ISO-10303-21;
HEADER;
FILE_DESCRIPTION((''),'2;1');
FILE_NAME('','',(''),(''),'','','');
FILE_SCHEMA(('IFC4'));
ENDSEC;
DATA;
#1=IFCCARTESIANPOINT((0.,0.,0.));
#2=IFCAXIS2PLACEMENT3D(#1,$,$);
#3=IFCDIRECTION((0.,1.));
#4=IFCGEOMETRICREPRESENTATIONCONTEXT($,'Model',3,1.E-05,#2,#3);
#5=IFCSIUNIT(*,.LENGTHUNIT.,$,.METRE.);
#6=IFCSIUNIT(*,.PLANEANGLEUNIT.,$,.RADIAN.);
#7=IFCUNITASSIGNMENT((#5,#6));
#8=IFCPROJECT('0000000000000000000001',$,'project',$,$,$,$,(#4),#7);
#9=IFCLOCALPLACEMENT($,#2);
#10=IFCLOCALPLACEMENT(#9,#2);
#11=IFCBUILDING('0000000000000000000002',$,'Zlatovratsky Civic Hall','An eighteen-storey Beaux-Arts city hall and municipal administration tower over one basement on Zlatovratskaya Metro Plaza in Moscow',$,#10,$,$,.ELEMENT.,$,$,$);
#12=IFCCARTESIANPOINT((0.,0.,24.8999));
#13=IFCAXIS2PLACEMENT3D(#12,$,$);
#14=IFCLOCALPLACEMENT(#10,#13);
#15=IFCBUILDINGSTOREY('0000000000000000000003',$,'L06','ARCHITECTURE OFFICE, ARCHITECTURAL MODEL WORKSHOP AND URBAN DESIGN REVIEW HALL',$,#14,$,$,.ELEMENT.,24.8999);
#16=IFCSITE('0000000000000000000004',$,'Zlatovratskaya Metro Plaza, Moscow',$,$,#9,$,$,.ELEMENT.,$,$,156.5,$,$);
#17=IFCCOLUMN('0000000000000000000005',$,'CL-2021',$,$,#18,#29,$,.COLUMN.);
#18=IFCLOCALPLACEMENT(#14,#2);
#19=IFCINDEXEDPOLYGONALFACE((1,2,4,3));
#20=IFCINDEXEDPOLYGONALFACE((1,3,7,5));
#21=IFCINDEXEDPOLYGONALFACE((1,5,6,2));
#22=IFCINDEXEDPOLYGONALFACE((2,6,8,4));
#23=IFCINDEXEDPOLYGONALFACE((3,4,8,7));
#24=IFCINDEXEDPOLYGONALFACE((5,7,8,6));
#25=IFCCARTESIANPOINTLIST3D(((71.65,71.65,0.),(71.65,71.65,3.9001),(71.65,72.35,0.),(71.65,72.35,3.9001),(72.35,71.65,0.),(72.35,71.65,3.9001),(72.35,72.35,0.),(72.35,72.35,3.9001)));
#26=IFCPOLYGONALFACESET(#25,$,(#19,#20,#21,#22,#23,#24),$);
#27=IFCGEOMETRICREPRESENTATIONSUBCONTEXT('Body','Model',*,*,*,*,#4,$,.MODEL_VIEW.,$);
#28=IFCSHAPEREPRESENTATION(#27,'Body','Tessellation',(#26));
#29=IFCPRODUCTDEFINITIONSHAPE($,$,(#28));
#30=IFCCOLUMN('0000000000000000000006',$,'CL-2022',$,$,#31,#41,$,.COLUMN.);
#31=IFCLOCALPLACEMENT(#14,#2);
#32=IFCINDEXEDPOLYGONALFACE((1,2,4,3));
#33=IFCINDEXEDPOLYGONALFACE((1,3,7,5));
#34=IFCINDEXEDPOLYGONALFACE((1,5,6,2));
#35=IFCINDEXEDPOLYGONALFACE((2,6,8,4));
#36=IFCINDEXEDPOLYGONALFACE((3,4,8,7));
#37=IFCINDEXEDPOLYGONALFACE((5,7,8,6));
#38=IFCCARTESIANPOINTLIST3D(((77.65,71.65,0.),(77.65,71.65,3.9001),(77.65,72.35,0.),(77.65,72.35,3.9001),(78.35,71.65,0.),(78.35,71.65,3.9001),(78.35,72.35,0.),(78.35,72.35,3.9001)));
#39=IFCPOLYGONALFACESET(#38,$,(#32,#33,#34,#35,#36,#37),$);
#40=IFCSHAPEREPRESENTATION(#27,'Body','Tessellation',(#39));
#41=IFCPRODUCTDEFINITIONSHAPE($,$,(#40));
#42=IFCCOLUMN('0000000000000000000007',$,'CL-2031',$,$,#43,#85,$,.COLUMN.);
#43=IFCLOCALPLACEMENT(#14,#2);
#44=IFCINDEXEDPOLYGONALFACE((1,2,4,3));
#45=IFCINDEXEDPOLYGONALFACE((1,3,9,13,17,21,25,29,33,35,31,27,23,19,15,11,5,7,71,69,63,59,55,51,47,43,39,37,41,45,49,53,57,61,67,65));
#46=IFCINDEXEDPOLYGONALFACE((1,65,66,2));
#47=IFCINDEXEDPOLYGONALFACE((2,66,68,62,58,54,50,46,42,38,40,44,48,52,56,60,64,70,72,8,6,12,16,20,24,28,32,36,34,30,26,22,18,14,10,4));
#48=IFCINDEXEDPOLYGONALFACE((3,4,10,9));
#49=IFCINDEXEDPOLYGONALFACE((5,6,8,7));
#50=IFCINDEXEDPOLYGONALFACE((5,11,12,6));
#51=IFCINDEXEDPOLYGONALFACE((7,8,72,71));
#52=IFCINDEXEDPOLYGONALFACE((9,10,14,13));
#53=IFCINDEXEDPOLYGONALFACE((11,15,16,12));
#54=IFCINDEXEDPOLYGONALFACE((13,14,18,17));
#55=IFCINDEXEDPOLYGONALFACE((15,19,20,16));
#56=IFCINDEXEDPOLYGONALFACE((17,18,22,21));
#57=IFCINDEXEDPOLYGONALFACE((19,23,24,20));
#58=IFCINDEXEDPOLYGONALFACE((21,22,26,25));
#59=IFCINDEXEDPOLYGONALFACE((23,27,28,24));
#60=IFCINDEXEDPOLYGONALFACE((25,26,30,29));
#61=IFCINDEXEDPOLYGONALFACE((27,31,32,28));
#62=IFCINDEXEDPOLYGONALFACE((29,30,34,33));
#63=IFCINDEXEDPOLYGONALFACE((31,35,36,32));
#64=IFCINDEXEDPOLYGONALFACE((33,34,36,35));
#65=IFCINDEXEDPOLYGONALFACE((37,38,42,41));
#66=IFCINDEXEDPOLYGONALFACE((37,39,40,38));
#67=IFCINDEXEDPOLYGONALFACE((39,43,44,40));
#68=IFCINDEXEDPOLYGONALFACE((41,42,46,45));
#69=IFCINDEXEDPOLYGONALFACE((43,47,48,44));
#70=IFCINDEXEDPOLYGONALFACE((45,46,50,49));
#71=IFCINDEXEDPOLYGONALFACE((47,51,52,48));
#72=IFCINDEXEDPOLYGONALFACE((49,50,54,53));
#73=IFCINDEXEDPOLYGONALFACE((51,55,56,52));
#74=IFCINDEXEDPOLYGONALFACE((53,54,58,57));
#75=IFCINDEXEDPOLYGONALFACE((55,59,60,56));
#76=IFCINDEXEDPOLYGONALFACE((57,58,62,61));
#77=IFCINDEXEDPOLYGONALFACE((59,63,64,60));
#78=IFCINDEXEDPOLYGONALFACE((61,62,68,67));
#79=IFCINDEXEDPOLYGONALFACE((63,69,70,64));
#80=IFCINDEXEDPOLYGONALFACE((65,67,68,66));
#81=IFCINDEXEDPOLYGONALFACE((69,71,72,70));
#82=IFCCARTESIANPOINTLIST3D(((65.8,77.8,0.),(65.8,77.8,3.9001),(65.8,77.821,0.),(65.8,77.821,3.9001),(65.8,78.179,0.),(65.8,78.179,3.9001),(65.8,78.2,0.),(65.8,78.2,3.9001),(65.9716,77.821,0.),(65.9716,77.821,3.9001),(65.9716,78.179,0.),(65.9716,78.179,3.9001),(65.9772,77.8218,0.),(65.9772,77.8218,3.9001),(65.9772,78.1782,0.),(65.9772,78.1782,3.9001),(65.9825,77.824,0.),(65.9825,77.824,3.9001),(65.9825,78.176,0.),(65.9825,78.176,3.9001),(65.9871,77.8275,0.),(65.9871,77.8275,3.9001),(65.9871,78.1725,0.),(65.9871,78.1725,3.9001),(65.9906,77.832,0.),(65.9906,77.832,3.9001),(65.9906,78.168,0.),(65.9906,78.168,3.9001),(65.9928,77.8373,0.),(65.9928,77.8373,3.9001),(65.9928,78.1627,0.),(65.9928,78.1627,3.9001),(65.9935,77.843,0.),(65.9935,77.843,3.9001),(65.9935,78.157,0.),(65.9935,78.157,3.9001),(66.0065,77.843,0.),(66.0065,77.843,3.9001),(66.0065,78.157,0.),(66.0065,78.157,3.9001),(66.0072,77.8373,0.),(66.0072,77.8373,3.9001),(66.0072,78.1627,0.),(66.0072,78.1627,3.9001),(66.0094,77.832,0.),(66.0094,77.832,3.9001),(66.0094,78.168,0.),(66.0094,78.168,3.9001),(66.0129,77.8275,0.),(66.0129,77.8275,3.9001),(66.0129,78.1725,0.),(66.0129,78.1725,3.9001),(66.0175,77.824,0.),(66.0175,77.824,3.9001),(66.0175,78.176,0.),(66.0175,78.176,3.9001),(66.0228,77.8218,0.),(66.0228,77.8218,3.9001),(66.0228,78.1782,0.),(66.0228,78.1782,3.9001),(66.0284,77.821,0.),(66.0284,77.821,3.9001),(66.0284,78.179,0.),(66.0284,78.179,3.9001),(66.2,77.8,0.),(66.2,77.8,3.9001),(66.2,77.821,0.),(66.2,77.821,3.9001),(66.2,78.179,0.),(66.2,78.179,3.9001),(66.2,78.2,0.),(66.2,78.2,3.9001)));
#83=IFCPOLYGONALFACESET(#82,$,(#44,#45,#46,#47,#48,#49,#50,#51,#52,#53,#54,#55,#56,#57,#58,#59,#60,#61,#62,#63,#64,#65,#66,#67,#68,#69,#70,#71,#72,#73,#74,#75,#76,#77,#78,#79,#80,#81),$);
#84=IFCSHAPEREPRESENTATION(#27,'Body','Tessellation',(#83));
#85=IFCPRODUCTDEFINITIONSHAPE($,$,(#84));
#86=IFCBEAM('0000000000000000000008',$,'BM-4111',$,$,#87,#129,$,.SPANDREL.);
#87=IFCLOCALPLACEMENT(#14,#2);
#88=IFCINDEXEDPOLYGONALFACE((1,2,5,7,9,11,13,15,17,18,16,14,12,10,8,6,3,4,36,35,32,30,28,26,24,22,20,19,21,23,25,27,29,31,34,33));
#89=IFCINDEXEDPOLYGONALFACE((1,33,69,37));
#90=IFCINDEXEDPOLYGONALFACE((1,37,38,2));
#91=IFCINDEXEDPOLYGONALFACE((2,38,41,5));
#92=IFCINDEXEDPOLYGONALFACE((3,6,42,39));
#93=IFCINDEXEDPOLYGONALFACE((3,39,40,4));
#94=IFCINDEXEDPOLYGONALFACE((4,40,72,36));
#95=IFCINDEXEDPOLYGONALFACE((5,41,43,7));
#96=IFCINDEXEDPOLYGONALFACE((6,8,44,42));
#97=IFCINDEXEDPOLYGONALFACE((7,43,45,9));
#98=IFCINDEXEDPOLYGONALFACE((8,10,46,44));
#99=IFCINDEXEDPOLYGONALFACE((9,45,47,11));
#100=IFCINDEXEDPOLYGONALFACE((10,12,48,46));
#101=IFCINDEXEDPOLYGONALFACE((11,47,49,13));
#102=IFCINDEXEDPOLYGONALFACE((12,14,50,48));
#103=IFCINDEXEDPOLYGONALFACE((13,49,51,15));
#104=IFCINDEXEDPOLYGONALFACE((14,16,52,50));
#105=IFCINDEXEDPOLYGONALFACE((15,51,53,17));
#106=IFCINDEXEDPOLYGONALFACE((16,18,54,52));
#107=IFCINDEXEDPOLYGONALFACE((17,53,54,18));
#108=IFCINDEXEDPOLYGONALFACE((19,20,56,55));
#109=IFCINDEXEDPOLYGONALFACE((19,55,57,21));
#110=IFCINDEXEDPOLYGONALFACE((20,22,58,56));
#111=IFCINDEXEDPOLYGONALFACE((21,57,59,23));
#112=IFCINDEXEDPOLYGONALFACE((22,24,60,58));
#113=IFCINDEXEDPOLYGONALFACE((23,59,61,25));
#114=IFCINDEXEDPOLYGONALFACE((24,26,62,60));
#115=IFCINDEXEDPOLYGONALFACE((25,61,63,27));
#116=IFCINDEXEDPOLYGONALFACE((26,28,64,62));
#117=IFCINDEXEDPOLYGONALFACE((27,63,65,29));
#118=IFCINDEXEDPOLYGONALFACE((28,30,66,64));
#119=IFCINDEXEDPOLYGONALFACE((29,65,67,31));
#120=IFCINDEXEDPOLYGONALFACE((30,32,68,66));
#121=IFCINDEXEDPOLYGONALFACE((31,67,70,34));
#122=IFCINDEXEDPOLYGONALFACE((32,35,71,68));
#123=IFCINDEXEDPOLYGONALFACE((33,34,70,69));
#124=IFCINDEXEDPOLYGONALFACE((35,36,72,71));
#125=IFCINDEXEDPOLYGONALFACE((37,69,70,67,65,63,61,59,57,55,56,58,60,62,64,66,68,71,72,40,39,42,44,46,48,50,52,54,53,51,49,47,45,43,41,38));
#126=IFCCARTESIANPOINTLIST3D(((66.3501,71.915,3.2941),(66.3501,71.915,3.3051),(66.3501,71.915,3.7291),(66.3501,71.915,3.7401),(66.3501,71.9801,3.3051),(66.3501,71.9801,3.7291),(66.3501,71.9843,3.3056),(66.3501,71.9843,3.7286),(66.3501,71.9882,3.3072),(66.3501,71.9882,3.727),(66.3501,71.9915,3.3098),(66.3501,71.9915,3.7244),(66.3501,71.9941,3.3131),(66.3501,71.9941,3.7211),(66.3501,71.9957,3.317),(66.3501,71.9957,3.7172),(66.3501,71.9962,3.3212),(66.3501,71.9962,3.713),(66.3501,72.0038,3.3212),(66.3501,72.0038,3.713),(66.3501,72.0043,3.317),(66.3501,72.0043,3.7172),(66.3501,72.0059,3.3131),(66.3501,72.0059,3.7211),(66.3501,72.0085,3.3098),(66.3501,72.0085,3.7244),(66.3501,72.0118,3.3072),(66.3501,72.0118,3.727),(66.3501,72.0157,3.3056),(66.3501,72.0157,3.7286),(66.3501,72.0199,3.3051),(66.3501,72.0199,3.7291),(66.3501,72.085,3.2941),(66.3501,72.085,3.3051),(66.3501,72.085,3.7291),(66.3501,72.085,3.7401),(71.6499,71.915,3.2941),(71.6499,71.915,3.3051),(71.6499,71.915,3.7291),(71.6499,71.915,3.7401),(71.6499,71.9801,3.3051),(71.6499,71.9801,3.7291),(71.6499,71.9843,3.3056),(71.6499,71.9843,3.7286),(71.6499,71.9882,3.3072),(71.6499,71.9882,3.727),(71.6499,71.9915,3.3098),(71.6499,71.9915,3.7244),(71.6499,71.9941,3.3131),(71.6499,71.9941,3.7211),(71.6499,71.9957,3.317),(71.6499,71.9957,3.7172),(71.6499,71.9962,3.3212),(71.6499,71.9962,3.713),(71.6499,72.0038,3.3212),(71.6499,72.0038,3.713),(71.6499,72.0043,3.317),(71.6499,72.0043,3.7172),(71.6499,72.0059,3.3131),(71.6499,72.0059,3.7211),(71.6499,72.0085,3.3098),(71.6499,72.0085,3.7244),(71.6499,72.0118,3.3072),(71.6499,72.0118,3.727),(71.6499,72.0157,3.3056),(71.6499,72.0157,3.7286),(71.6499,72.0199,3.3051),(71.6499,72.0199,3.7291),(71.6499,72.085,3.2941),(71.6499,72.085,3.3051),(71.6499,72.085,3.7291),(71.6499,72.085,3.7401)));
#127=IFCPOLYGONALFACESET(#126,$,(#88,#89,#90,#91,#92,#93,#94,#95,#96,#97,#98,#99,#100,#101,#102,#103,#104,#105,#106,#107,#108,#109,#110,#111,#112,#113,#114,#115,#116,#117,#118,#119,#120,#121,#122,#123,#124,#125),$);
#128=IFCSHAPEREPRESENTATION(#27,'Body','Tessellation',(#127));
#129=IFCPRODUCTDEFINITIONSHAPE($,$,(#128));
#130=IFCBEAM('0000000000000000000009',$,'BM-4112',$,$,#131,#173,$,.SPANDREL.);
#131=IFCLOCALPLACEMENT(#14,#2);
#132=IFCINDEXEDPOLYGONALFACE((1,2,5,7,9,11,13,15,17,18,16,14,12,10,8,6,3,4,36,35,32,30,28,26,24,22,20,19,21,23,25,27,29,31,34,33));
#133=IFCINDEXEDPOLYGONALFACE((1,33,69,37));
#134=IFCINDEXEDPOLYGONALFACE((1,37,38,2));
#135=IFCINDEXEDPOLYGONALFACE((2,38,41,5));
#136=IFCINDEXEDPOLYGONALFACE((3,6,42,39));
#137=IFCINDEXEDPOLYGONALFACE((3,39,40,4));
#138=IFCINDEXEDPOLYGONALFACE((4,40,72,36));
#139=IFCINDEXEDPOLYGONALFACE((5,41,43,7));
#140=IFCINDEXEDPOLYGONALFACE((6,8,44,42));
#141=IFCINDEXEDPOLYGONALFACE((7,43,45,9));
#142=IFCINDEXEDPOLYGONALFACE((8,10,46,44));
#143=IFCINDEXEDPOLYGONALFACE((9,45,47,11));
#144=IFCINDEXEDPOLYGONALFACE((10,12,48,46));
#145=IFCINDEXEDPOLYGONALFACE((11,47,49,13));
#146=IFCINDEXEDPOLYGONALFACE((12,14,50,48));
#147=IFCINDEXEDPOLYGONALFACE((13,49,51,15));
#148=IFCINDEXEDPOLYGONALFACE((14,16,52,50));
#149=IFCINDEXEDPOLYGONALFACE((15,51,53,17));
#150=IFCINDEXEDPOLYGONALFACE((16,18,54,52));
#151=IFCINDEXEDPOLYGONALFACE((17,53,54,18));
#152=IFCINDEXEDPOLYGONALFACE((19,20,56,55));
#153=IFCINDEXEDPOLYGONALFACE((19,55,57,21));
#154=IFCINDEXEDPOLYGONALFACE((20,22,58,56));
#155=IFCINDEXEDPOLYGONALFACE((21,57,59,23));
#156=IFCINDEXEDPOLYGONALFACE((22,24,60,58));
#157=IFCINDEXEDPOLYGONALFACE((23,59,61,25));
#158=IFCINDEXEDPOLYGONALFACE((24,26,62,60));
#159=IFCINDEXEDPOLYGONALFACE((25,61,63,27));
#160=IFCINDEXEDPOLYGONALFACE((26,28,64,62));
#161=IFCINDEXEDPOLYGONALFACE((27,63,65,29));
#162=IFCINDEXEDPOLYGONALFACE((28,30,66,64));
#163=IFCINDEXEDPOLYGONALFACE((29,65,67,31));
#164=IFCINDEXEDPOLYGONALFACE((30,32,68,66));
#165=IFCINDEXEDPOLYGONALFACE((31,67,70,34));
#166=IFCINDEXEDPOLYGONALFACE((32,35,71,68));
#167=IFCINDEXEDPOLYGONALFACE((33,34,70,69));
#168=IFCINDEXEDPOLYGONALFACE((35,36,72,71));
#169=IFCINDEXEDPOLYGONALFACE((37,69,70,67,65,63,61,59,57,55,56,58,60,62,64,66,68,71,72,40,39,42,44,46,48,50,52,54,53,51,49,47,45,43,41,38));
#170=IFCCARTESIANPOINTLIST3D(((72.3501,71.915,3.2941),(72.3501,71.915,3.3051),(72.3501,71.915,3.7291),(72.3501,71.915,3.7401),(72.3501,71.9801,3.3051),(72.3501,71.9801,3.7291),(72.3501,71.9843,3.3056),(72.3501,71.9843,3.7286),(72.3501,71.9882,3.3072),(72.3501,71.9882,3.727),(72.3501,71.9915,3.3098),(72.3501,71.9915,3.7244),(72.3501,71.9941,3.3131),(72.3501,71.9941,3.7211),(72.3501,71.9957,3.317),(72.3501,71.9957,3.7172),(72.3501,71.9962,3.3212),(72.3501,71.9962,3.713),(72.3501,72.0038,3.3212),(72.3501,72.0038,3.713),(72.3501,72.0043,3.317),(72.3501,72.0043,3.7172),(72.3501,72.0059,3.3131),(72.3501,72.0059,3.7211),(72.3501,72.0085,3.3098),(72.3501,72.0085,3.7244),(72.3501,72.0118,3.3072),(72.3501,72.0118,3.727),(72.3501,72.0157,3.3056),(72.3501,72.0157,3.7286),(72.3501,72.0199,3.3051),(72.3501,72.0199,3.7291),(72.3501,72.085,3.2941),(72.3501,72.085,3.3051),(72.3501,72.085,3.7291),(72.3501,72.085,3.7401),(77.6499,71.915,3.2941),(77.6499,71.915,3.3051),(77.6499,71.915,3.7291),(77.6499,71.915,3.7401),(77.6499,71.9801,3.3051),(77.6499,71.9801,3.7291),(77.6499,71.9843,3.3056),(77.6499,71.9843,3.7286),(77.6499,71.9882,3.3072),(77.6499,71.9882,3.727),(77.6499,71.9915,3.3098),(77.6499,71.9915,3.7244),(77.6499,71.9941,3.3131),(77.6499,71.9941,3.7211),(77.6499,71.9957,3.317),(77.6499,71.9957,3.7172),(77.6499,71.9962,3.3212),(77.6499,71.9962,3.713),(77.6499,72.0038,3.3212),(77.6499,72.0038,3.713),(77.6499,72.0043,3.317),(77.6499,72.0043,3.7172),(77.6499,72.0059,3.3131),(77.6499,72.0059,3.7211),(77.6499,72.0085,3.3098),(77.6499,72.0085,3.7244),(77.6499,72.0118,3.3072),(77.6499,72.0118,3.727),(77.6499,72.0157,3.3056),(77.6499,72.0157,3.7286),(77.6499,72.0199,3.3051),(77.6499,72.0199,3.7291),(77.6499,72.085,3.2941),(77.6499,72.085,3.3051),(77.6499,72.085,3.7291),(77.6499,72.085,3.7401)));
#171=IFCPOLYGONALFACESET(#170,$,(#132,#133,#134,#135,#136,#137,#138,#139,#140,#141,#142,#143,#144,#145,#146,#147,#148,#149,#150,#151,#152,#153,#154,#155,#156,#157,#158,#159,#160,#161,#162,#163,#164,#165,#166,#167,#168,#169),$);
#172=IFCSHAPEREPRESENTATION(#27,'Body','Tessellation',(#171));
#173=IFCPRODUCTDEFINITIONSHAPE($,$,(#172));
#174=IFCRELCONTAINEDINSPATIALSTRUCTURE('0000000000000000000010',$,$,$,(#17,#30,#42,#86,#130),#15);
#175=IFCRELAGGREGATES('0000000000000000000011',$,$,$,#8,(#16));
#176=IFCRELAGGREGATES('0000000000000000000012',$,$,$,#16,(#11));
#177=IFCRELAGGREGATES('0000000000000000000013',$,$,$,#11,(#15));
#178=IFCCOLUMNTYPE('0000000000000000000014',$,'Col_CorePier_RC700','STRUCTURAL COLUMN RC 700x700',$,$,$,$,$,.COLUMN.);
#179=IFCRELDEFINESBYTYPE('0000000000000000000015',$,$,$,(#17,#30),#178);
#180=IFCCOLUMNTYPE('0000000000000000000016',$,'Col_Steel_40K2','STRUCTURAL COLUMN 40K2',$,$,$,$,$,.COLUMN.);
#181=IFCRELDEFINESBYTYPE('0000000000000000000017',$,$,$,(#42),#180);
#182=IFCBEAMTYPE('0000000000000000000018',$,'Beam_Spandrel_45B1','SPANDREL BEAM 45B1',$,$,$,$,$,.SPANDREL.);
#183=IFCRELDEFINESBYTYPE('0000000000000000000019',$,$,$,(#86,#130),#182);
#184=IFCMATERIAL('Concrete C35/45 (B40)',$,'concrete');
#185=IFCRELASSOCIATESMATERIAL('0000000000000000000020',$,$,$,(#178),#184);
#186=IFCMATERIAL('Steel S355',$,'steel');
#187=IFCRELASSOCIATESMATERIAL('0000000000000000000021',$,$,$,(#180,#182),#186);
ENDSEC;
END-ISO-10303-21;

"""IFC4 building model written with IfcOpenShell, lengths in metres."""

from ifc_helpers import new_model, si_unit, direction, frame, origin, origin_2d, place, context, subcontext, project, spatial, rectangle, i_section, extrude, material, material_profile, profile_set, type_object, element, save


model = new_model("IFC4")

# Units and contexts
model_context = context("Model", 3, precision=1e-05, world=origin(), true_north=direction((0.0, 1.0)))
body_context = subcontext(model_context, "Body", "Model", "MODEL_VIEW")
ifc_project = project(units=[si_unit("LENGTHUNIT", "METRE"), si_unit("PLANEANGLEUNIT", "RADIAN")], contexts=[model_context])

# Site, building, storey
site_placement = place(None, origin())
site = spatial("IfcSite", under=ifc_project, at=site_placement, Name="Zlatovratskaya Metro Plaza, Moscow", CompositionType="ELEMENT", RefElevation=156.5)
building_placement = place(site_placement, origin())
building = spatial("IfcBuilding", under=site, at=building_placement, Name="Zlatovratsky Civic Hall", Description="An eighteen-storey Beaux-Arts city hall and municipal administration tower over one basement on Zlatovratskaya Metro Plaza in Moscow", CompositionType="ELEMENT")
storey_placement = place(building_placement, frame((0.0, 0.0, 24.8999)))
storey = spatial("IfcBuildingStorey", under=building, at=storey_placement, Name="L06", Description="ARCHITECTURE OFFICE, ARCHITECTURAL MODEL WORKSHOP AND URBAN DESIGN REVIEW HALL", CompositionType="ELEMENT", Elevation=24.8999)

# Columns
ifc_material_1 = material(Name="Concrete C35/45 (B40)", Category="concrete")
ifc_material_profile_1 = material_profile(ifc_material_1, rectangle(XDim=0.7, YDim=0.7, at=origin_2d()), Name="RC 700x700")
ifc_profile_set_1 = profile_set([ifc_material_profile_1], Name="Concrete C35/45 (B40)")
column_type_1 = type_object("IfcColumnType", Name="Col_CorePier_RC700", Description="STRUCTURAL COLUMN RC 700x700", PredefinedType="COLUMN", material=ifc_profile_set_1)
for number, where, z_axis, x_axis, name in (
    (1, (72.0, 72.0, 0.0), (0.0, 0.0, 1.0), (1.0, 0.0, 0.0), "CL-2021"),
    (2, (78.0, 72.0, 0.0), (0.0, 0.0, 1.0), (1.0, 0.0, 0.0), "CL-2022"),
):
    element("IfcColumn", number, at=place(storey_placement, frame(where, z_axis=z_axis, x_axis=x_axis)), inside=storey, type_object=column_type_1, Name=name, PredefinedType="COLUMN", context=body_context, shape_type="SweptSolid", body=[
        extrude(rectangle(XDim=0.7, YDim=0.7, at=origin_2d()), origin(), (0.0, 0.0, 1.0), 3.9001),
    ])
ifc_material_2 = material(Name="Steel S355", Category="steel")
ifc_material_profile_2 = material_profile(ifc_material_2, i_section(OverallWidth=0.3999, OverallDepth=0.3999, WebThickness=0.0129, FlangeThickness=0.021, FilletRadius=0.022, at=origin_2d()), Name="40K2")
ifc_profile_set_2 = profile_set([ifc_material_profile_2], Name="Steel S355")
column_type_2 = type_object("IfcColumnType", Name="Col_Steel_40K2", Description="STRUCTURAL COLUMN 40K2", PredefinedType="COLUMN", material=ifc_profile_set_2)
column_placement = place(storey_placement, frame((66.0, 78.0, 0.0), z_axis=(0.0, 0.0, 1.0), x_axis=(1.0, 0.0, 0.0)))
element("IfcColumn", 3, at=column_placement, inside=storey, type_object=column_type_2, Name="CL-2031", PredefinedType="COLUMN", context=body_context, shape_type="SweptSolid", body=[
    extrude(i_section(OverallWidth=0.3999, OverallDepth=0.3999, WebThickness=0.0129, FlangeThickness=0.021, FilletRadius=0.022, at=origin_2d()), origin(), (0.0, 0.0, 1.0), 3.9001),
])

# Beams
ifc_material_profile_3 = material_profile(ifc_material_2, i_section(OverallWidth=0.1699, OverallDepth=0.446, WebThickness=0.0076, FlangeThickness=0.011, FilletRadius=0.0161, at=origin_2d()), Name="45B1")
ifc_profile_set_3 = profile_set([ifc_material_profile_3], Name="Steel S355")
beam_type_1 = type_object("IfcBeamType", Name="Beam_Spandrel_45B1", Description="SPANDREL BEAM 45B1", PredefinedType="SPANDREL", material=ifc_profile_set_3)
for number, where, z_axis, x_axis, name in (
    (4, (66.3501, 72.0, 3.5171), (1.0, 0.0, 0.0), (0.0, 1.0, 0.0), "BM-4111"),
    (5, (72.3501, 72.0, 3.5171), (1.0, 0.0, 0.0), (0.0, 1.0, 0.0), "BM-4112"),
):
    element("IfcBeam", number, at=place(storey_placement, frame(where, z_axis=z_axis, x_axis=x_axis)), inside=storey, type_object=beam_type_1, Name=name, PredefinedType="SPANDREL", context=body_context, shape_type="SweptSolid", body=[
        extrude(i_section(OverallWidth=0.1699, OverallDepth=0.446, WebThickness=0.0076, FlangeThickness=0.011, FilletRadius=0.0161, at=origin_2d()), origin(), (0.0, 0.0, 1.0), 5.2998),
    ])

save(model, "model.ifc")
